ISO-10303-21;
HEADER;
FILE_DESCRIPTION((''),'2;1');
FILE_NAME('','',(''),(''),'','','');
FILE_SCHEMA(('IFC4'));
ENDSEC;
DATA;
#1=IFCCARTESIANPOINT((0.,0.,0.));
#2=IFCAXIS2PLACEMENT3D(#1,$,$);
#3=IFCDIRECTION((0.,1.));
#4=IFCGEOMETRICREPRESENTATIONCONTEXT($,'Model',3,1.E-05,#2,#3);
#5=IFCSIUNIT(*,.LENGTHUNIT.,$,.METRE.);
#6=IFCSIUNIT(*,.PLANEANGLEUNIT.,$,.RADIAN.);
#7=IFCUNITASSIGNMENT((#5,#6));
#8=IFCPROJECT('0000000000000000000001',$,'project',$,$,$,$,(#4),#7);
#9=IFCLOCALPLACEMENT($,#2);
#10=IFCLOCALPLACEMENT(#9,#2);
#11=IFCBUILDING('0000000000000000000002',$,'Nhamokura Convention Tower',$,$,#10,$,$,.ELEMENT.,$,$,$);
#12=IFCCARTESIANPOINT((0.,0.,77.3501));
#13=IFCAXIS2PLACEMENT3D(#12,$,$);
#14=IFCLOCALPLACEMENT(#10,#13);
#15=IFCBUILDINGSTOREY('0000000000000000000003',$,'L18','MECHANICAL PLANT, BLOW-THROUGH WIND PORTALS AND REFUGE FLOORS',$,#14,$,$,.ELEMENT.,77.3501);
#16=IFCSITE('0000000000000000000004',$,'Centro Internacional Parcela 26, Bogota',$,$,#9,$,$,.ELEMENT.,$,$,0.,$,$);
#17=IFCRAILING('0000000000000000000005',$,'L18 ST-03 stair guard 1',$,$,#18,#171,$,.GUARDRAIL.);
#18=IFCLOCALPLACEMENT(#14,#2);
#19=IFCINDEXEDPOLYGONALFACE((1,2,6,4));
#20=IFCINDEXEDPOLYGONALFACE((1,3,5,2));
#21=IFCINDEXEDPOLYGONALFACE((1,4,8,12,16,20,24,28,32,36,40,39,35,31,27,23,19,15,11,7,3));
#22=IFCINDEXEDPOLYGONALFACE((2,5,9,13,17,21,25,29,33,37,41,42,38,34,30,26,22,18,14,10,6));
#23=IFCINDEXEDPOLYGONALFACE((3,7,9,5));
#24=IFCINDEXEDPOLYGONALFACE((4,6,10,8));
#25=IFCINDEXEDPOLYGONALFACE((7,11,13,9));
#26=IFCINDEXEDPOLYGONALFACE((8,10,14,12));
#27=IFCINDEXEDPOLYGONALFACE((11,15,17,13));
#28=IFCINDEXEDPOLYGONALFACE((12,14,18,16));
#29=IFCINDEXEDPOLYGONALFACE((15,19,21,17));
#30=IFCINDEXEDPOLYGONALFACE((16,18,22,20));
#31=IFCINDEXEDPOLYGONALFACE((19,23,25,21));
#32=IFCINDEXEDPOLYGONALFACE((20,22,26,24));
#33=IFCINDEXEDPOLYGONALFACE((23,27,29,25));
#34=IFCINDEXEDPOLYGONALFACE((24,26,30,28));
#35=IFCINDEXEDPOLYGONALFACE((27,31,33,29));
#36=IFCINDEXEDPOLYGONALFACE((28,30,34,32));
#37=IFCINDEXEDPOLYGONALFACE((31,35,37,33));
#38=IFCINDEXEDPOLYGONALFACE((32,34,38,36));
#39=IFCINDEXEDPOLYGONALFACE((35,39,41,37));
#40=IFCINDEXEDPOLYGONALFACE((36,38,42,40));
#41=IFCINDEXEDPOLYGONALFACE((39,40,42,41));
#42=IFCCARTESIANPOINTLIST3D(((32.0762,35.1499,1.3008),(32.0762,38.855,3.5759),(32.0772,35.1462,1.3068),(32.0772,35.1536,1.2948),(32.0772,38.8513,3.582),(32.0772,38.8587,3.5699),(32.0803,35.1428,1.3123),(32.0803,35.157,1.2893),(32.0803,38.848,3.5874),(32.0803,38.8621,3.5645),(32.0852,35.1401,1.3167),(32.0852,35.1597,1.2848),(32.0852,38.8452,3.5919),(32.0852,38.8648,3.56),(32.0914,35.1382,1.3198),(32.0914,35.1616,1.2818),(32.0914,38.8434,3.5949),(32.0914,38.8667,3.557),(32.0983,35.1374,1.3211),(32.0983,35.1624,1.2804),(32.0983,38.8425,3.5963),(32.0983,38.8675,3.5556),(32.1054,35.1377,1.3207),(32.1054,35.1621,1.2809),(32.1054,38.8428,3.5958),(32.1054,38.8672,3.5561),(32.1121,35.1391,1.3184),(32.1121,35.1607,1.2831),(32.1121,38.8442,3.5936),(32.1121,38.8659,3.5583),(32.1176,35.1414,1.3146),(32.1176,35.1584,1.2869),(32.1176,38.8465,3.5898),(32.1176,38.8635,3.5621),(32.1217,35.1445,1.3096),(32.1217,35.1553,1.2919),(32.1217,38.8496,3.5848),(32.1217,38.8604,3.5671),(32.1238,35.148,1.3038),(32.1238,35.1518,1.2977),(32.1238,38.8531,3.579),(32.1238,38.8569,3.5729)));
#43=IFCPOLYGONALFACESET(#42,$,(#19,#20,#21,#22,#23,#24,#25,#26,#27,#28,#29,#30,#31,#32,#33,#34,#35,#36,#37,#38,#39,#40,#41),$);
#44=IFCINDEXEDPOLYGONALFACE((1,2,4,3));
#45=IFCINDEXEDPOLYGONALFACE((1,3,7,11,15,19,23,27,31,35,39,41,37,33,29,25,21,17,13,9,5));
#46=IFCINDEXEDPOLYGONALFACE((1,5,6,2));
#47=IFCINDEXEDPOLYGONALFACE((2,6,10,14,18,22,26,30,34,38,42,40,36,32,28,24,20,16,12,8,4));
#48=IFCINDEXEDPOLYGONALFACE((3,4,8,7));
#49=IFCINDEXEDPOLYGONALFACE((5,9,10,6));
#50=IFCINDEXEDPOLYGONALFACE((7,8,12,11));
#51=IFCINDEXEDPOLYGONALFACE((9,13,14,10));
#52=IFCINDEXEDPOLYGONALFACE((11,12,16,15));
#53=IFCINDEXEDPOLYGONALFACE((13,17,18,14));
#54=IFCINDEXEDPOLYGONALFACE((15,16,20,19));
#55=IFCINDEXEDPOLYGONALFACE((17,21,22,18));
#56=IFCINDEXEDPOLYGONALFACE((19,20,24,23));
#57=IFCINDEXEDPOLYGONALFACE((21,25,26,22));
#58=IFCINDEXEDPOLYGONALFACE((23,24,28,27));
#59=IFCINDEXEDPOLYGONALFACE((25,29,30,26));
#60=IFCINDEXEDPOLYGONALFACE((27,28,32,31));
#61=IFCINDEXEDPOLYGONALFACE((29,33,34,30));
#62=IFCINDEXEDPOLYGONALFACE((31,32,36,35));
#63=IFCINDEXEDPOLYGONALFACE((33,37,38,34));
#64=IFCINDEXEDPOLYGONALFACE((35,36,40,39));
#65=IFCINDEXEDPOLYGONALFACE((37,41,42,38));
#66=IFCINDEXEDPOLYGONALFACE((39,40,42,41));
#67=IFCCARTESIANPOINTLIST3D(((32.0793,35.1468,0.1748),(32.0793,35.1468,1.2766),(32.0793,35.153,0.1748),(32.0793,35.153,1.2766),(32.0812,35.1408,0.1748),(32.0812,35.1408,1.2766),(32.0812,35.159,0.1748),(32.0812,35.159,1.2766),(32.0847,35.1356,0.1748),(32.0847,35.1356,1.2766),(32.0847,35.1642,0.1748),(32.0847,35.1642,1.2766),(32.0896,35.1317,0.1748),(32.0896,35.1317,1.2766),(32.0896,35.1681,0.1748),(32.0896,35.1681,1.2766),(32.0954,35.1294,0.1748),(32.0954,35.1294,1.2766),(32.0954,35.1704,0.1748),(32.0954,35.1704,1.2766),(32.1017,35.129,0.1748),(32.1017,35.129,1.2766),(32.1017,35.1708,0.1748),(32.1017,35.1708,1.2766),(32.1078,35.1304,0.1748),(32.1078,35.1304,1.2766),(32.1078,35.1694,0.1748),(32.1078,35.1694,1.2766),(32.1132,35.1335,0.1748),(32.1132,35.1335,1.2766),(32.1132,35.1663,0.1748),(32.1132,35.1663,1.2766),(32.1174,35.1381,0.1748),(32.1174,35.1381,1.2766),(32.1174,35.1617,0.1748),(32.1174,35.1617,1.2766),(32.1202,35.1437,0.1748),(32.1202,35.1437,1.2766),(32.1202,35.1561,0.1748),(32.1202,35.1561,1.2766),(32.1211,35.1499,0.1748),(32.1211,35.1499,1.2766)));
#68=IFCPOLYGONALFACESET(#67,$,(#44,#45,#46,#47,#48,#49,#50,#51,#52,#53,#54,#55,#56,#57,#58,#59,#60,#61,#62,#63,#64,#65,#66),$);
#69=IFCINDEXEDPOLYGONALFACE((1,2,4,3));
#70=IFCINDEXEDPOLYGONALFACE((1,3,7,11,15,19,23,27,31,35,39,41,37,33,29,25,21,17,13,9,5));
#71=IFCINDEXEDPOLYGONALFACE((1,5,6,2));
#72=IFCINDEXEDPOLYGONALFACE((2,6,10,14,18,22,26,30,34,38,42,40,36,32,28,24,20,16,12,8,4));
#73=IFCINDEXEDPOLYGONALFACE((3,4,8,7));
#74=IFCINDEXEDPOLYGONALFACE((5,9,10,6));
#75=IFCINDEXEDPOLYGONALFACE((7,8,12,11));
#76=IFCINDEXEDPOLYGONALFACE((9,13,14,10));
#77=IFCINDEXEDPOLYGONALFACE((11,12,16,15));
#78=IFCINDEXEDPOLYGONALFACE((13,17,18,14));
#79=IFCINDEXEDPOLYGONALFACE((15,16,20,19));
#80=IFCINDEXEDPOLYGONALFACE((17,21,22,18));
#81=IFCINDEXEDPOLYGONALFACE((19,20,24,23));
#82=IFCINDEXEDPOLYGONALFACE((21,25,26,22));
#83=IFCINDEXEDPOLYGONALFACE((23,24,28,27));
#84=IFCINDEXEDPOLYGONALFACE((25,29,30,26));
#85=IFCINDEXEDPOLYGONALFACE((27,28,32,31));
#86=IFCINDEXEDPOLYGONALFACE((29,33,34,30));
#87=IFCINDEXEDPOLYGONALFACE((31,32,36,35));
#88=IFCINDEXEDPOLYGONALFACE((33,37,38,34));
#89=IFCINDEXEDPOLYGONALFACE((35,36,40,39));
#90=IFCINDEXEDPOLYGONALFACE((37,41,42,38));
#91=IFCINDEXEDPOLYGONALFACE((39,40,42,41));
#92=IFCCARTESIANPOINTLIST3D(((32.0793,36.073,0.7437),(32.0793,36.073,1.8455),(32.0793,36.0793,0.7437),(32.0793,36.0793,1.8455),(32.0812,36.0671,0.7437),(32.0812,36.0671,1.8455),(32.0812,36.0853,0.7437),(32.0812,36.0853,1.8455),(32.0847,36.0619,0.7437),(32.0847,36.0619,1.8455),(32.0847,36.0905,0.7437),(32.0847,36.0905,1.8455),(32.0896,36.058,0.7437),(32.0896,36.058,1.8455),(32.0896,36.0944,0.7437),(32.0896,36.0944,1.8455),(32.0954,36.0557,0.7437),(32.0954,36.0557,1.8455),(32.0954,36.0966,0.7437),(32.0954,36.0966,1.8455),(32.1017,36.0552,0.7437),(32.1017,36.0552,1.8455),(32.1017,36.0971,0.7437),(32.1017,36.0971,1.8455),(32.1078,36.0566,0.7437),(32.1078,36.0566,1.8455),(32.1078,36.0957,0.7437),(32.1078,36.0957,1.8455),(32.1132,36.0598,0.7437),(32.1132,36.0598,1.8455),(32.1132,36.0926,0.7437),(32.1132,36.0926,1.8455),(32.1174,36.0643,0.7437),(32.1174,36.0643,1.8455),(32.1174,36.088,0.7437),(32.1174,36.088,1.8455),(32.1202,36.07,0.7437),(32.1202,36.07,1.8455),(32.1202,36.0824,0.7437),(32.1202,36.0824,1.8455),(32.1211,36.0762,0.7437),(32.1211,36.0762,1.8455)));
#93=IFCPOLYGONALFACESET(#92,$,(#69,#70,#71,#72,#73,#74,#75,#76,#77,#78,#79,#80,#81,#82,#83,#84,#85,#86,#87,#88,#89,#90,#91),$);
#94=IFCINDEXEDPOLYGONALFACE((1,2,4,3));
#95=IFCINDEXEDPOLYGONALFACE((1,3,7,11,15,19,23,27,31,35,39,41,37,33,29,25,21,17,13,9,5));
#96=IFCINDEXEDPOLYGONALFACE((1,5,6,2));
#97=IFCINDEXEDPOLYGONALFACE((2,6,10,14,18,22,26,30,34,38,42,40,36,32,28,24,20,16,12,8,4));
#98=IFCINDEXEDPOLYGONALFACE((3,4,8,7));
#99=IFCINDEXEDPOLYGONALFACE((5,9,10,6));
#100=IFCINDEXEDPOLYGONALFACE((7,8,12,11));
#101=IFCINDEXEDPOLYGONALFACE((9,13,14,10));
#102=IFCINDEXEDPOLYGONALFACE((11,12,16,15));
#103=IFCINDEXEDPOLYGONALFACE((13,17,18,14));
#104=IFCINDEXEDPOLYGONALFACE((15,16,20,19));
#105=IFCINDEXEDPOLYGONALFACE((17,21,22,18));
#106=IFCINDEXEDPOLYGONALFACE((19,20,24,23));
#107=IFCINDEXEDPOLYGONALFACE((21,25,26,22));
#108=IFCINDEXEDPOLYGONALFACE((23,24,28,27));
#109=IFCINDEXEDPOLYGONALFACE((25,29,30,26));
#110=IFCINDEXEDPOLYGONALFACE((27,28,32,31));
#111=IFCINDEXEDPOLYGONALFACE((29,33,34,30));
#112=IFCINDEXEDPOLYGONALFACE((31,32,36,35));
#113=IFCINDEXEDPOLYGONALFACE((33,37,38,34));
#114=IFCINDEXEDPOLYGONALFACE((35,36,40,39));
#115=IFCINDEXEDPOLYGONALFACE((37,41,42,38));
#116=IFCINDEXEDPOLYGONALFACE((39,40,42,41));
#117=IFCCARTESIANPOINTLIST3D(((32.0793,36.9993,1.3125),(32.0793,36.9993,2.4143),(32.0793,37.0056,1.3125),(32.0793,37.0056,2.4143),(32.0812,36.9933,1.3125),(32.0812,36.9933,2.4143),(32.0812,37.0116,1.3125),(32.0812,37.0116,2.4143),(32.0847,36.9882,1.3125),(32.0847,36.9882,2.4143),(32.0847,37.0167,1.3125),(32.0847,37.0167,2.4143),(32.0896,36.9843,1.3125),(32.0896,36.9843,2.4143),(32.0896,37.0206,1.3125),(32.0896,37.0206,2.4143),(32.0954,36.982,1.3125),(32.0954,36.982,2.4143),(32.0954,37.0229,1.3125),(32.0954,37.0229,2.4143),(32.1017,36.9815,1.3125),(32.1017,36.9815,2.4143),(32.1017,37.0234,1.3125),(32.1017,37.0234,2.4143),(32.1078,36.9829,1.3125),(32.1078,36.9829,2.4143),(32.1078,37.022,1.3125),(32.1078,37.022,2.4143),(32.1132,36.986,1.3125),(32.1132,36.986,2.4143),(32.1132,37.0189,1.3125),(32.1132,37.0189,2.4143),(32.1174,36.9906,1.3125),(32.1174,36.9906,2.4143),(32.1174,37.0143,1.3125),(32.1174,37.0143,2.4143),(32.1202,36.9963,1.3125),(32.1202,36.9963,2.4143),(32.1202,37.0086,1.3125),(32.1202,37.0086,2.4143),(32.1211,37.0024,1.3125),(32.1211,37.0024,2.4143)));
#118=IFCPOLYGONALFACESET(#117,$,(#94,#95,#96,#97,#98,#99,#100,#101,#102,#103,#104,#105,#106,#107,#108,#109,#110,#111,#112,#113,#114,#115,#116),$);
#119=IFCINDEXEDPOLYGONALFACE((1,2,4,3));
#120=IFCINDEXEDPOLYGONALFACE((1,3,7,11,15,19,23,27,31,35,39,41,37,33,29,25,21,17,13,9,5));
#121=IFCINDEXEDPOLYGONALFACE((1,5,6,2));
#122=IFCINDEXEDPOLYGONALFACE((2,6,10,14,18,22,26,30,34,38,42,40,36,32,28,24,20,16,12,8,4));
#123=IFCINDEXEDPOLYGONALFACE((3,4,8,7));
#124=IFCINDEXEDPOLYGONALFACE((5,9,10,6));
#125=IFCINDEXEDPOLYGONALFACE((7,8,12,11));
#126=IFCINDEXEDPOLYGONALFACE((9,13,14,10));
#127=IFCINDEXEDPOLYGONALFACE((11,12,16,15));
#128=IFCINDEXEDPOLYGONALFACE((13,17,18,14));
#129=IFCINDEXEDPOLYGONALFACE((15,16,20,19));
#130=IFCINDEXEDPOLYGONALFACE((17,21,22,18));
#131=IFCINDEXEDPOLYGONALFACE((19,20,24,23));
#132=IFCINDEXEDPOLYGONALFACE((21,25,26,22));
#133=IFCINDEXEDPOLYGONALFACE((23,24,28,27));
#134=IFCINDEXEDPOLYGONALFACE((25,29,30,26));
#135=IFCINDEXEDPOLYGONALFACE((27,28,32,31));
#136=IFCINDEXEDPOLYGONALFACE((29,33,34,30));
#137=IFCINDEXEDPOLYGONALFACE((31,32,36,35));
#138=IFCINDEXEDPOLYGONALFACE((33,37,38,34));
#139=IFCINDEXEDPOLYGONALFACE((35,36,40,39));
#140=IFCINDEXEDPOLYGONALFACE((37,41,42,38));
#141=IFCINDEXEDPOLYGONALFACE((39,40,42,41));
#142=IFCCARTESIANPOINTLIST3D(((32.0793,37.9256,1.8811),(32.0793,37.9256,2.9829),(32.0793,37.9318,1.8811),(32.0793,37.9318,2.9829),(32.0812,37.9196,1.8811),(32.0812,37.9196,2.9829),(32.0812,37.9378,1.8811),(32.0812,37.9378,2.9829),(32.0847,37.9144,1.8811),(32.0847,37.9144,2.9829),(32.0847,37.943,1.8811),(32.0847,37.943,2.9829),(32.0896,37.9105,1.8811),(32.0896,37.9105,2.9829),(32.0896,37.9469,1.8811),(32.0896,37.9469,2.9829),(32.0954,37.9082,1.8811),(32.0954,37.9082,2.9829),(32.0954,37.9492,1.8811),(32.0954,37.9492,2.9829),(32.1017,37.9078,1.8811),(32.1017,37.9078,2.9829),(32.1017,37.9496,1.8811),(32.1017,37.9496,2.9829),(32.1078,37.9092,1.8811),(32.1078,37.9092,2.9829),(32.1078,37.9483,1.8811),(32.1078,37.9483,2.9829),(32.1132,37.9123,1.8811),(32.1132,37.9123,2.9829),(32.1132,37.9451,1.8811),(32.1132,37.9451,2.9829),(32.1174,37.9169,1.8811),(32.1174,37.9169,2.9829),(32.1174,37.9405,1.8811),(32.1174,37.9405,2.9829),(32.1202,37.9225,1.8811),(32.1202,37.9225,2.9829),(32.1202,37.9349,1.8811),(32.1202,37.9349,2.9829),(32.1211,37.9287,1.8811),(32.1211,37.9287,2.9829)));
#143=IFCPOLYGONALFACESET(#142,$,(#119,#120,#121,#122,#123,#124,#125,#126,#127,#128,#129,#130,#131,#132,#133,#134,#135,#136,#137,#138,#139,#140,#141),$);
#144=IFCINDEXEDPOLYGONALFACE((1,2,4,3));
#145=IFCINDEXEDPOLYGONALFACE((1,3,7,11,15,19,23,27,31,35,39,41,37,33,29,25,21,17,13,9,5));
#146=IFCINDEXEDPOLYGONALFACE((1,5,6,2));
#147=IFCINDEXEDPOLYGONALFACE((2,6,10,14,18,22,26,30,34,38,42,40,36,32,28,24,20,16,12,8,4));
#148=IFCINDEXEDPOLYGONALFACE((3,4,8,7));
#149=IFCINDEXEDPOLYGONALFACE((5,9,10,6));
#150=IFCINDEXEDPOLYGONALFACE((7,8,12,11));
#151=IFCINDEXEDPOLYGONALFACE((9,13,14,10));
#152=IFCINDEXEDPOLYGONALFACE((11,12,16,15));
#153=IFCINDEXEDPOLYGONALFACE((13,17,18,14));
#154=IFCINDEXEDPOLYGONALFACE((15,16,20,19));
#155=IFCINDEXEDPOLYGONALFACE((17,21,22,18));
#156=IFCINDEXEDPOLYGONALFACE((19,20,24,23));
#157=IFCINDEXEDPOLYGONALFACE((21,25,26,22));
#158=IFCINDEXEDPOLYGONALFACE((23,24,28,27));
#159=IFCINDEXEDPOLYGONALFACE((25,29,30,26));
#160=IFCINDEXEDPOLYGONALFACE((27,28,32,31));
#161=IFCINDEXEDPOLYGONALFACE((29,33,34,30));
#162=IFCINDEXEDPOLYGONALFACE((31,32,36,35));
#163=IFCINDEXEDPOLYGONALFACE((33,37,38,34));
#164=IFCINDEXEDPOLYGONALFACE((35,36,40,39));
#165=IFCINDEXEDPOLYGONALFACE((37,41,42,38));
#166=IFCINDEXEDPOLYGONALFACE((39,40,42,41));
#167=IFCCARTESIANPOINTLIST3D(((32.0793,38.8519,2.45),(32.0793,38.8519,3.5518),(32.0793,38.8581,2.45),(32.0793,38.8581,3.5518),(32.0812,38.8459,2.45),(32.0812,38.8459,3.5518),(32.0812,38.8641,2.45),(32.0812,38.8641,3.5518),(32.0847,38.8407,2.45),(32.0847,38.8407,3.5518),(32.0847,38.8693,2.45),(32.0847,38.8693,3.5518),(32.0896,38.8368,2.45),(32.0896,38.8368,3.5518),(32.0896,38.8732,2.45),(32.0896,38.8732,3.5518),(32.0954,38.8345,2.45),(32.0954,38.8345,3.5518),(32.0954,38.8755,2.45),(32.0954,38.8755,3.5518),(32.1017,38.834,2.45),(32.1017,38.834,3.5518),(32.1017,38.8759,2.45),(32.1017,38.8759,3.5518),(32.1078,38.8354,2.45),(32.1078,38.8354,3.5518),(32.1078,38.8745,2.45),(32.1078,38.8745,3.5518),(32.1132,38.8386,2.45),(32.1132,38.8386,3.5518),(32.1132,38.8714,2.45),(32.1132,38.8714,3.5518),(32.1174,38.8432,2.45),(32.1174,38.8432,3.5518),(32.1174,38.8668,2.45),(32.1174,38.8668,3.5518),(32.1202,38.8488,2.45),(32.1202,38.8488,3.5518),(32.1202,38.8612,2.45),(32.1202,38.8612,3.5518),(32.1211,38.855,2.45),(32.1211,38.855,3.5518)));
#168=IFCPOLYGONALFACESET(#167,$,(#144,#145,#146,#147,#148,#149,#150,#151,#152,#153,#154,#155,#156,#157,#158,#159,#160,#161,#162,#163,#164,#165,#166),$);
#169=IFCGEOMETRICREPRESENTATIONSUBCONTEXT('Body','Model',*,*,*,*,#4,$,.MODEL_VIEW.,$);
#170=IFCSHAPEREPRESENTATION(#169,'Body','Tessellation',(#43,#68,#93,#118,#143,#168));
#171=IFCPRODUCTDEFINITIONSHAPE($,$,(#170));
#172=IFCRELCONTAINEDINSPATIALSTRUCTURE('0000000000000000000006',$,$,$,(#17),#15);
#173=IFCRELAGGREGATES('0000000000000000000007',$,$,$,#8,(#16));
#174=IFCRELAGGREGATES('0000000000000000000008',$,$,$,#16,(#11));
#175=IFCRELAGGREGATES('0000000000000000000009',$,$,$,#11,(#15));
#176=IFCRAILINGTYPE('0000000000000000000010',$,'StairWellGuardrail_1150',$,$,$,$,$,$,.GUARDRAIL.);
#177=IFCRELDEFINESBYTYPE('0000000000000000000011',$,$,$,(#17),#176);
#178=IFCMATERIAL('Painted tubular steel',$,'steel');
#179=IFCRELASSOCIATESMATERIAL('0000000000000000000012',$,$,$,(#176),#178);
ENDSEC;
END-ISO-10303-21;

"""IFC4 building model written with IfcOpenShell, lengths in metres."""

from ifc_helpers import new_model, si_unit, direction, frame, origin, origin_2d, place, context, subcontext, project, spatial, circle, extrude, material, type_object, element, save


model = new_model("IFC4")

# Units and contexts
model_context = context("Model", 3, precision=1e-05, world=origin(), true_north=direction((0.0, 1.0)))
body_context = subcontext(model_context, "Body", "Model", "MODEL_VIEW")
ifc_project = project(units=[si_unit("LENGTHUNIT", "METRE"), si_unit("PLANEANGLEUNIT", "RADIAN")], contexts=[model_context])

# Site, building, storey
site_placement = place(None, origin())
site = spatial("IfcSite", under=ifc_project, at=site_placement, Name="Centro Internacional Parcela 26, Bogota", CompositionType="ELEMENT", RefElevation=0.0)
building_placement = place(site_placement, origin())
building = spatial("IfcBuilding", under=site, at=building_placement, Name="Nhamokura Convention Tower", CompositionType="ELEMENT")
storey_placement = place(building_placement, frame((0.0, 0.0, 77.3501)))
storey = spatial("IfcBuildingStorey", under=building, at=storey_placement, Name="L18", Description="MECHANICAL PLANT, BLOW-THROUGH WIND PORTALS AND REFUGE FLOORS", CompositionType="ELEMENT", Elevation=77.3501)

# Railing
ifc_material_1 = material(Name="Painted tubular steel", Category="steel")
railing_type_1 = type_object("IfcRailingType", Name="StairWellGuardrail_1150", PredefinedType="GUARDRAIL", material=ifc_material_1)
railing_1_placement = place(storey_placement, frame((32.1001, 35.1499, 0.1748)))
element("IfcRailing", 1, at=railing_1_placement, inside=storey, type_object=railing_type_1, Name="L18 ST-03 stair guard 1", PredefinedType="GUARDRAIL", context=body_context, shape_type="SweptSolid", body=[
    extrude(circle(Radius=0.0239, at=origin_2d()), frame((0.0, 0.0, 1.126), z_axis=(0.0, 0.852161, 0.523279), x_axis=(-1.0, 0.0, 0.0)), (0.0, 0.0, 1.0), 4.3479),
    extrude(circle(Radius=0.021, at=origin_2d()), origin(), (0.0, 0.0, 1.0), 1.1018),
    extrude(circle(Radius=0.021, at=origin_2d()), frame((0.0, 0.9263, 0.5688)), (0.0, 0.0, 1.0), 1.1018),
    extrude(circle(Radius=0.021, at=origin_2d()), frame((0.0, 1.8525, 1.1377)), (0.0, 0.0, 1.0), 1.1018),
    extrude(circle(Radius=0.021, at=origin_2d()), frame((0.0, 2.7788, 1.7063)), (0.0, 0.0, 1.0), 1.1018),
    extrude(circle(Radius=0.021, at=origin_2d()), frame((0.0, 3.7051, 2.2751)), (0.0, 0.0, 1.0), 1.1018),
])

save(model, "model.ifc")
